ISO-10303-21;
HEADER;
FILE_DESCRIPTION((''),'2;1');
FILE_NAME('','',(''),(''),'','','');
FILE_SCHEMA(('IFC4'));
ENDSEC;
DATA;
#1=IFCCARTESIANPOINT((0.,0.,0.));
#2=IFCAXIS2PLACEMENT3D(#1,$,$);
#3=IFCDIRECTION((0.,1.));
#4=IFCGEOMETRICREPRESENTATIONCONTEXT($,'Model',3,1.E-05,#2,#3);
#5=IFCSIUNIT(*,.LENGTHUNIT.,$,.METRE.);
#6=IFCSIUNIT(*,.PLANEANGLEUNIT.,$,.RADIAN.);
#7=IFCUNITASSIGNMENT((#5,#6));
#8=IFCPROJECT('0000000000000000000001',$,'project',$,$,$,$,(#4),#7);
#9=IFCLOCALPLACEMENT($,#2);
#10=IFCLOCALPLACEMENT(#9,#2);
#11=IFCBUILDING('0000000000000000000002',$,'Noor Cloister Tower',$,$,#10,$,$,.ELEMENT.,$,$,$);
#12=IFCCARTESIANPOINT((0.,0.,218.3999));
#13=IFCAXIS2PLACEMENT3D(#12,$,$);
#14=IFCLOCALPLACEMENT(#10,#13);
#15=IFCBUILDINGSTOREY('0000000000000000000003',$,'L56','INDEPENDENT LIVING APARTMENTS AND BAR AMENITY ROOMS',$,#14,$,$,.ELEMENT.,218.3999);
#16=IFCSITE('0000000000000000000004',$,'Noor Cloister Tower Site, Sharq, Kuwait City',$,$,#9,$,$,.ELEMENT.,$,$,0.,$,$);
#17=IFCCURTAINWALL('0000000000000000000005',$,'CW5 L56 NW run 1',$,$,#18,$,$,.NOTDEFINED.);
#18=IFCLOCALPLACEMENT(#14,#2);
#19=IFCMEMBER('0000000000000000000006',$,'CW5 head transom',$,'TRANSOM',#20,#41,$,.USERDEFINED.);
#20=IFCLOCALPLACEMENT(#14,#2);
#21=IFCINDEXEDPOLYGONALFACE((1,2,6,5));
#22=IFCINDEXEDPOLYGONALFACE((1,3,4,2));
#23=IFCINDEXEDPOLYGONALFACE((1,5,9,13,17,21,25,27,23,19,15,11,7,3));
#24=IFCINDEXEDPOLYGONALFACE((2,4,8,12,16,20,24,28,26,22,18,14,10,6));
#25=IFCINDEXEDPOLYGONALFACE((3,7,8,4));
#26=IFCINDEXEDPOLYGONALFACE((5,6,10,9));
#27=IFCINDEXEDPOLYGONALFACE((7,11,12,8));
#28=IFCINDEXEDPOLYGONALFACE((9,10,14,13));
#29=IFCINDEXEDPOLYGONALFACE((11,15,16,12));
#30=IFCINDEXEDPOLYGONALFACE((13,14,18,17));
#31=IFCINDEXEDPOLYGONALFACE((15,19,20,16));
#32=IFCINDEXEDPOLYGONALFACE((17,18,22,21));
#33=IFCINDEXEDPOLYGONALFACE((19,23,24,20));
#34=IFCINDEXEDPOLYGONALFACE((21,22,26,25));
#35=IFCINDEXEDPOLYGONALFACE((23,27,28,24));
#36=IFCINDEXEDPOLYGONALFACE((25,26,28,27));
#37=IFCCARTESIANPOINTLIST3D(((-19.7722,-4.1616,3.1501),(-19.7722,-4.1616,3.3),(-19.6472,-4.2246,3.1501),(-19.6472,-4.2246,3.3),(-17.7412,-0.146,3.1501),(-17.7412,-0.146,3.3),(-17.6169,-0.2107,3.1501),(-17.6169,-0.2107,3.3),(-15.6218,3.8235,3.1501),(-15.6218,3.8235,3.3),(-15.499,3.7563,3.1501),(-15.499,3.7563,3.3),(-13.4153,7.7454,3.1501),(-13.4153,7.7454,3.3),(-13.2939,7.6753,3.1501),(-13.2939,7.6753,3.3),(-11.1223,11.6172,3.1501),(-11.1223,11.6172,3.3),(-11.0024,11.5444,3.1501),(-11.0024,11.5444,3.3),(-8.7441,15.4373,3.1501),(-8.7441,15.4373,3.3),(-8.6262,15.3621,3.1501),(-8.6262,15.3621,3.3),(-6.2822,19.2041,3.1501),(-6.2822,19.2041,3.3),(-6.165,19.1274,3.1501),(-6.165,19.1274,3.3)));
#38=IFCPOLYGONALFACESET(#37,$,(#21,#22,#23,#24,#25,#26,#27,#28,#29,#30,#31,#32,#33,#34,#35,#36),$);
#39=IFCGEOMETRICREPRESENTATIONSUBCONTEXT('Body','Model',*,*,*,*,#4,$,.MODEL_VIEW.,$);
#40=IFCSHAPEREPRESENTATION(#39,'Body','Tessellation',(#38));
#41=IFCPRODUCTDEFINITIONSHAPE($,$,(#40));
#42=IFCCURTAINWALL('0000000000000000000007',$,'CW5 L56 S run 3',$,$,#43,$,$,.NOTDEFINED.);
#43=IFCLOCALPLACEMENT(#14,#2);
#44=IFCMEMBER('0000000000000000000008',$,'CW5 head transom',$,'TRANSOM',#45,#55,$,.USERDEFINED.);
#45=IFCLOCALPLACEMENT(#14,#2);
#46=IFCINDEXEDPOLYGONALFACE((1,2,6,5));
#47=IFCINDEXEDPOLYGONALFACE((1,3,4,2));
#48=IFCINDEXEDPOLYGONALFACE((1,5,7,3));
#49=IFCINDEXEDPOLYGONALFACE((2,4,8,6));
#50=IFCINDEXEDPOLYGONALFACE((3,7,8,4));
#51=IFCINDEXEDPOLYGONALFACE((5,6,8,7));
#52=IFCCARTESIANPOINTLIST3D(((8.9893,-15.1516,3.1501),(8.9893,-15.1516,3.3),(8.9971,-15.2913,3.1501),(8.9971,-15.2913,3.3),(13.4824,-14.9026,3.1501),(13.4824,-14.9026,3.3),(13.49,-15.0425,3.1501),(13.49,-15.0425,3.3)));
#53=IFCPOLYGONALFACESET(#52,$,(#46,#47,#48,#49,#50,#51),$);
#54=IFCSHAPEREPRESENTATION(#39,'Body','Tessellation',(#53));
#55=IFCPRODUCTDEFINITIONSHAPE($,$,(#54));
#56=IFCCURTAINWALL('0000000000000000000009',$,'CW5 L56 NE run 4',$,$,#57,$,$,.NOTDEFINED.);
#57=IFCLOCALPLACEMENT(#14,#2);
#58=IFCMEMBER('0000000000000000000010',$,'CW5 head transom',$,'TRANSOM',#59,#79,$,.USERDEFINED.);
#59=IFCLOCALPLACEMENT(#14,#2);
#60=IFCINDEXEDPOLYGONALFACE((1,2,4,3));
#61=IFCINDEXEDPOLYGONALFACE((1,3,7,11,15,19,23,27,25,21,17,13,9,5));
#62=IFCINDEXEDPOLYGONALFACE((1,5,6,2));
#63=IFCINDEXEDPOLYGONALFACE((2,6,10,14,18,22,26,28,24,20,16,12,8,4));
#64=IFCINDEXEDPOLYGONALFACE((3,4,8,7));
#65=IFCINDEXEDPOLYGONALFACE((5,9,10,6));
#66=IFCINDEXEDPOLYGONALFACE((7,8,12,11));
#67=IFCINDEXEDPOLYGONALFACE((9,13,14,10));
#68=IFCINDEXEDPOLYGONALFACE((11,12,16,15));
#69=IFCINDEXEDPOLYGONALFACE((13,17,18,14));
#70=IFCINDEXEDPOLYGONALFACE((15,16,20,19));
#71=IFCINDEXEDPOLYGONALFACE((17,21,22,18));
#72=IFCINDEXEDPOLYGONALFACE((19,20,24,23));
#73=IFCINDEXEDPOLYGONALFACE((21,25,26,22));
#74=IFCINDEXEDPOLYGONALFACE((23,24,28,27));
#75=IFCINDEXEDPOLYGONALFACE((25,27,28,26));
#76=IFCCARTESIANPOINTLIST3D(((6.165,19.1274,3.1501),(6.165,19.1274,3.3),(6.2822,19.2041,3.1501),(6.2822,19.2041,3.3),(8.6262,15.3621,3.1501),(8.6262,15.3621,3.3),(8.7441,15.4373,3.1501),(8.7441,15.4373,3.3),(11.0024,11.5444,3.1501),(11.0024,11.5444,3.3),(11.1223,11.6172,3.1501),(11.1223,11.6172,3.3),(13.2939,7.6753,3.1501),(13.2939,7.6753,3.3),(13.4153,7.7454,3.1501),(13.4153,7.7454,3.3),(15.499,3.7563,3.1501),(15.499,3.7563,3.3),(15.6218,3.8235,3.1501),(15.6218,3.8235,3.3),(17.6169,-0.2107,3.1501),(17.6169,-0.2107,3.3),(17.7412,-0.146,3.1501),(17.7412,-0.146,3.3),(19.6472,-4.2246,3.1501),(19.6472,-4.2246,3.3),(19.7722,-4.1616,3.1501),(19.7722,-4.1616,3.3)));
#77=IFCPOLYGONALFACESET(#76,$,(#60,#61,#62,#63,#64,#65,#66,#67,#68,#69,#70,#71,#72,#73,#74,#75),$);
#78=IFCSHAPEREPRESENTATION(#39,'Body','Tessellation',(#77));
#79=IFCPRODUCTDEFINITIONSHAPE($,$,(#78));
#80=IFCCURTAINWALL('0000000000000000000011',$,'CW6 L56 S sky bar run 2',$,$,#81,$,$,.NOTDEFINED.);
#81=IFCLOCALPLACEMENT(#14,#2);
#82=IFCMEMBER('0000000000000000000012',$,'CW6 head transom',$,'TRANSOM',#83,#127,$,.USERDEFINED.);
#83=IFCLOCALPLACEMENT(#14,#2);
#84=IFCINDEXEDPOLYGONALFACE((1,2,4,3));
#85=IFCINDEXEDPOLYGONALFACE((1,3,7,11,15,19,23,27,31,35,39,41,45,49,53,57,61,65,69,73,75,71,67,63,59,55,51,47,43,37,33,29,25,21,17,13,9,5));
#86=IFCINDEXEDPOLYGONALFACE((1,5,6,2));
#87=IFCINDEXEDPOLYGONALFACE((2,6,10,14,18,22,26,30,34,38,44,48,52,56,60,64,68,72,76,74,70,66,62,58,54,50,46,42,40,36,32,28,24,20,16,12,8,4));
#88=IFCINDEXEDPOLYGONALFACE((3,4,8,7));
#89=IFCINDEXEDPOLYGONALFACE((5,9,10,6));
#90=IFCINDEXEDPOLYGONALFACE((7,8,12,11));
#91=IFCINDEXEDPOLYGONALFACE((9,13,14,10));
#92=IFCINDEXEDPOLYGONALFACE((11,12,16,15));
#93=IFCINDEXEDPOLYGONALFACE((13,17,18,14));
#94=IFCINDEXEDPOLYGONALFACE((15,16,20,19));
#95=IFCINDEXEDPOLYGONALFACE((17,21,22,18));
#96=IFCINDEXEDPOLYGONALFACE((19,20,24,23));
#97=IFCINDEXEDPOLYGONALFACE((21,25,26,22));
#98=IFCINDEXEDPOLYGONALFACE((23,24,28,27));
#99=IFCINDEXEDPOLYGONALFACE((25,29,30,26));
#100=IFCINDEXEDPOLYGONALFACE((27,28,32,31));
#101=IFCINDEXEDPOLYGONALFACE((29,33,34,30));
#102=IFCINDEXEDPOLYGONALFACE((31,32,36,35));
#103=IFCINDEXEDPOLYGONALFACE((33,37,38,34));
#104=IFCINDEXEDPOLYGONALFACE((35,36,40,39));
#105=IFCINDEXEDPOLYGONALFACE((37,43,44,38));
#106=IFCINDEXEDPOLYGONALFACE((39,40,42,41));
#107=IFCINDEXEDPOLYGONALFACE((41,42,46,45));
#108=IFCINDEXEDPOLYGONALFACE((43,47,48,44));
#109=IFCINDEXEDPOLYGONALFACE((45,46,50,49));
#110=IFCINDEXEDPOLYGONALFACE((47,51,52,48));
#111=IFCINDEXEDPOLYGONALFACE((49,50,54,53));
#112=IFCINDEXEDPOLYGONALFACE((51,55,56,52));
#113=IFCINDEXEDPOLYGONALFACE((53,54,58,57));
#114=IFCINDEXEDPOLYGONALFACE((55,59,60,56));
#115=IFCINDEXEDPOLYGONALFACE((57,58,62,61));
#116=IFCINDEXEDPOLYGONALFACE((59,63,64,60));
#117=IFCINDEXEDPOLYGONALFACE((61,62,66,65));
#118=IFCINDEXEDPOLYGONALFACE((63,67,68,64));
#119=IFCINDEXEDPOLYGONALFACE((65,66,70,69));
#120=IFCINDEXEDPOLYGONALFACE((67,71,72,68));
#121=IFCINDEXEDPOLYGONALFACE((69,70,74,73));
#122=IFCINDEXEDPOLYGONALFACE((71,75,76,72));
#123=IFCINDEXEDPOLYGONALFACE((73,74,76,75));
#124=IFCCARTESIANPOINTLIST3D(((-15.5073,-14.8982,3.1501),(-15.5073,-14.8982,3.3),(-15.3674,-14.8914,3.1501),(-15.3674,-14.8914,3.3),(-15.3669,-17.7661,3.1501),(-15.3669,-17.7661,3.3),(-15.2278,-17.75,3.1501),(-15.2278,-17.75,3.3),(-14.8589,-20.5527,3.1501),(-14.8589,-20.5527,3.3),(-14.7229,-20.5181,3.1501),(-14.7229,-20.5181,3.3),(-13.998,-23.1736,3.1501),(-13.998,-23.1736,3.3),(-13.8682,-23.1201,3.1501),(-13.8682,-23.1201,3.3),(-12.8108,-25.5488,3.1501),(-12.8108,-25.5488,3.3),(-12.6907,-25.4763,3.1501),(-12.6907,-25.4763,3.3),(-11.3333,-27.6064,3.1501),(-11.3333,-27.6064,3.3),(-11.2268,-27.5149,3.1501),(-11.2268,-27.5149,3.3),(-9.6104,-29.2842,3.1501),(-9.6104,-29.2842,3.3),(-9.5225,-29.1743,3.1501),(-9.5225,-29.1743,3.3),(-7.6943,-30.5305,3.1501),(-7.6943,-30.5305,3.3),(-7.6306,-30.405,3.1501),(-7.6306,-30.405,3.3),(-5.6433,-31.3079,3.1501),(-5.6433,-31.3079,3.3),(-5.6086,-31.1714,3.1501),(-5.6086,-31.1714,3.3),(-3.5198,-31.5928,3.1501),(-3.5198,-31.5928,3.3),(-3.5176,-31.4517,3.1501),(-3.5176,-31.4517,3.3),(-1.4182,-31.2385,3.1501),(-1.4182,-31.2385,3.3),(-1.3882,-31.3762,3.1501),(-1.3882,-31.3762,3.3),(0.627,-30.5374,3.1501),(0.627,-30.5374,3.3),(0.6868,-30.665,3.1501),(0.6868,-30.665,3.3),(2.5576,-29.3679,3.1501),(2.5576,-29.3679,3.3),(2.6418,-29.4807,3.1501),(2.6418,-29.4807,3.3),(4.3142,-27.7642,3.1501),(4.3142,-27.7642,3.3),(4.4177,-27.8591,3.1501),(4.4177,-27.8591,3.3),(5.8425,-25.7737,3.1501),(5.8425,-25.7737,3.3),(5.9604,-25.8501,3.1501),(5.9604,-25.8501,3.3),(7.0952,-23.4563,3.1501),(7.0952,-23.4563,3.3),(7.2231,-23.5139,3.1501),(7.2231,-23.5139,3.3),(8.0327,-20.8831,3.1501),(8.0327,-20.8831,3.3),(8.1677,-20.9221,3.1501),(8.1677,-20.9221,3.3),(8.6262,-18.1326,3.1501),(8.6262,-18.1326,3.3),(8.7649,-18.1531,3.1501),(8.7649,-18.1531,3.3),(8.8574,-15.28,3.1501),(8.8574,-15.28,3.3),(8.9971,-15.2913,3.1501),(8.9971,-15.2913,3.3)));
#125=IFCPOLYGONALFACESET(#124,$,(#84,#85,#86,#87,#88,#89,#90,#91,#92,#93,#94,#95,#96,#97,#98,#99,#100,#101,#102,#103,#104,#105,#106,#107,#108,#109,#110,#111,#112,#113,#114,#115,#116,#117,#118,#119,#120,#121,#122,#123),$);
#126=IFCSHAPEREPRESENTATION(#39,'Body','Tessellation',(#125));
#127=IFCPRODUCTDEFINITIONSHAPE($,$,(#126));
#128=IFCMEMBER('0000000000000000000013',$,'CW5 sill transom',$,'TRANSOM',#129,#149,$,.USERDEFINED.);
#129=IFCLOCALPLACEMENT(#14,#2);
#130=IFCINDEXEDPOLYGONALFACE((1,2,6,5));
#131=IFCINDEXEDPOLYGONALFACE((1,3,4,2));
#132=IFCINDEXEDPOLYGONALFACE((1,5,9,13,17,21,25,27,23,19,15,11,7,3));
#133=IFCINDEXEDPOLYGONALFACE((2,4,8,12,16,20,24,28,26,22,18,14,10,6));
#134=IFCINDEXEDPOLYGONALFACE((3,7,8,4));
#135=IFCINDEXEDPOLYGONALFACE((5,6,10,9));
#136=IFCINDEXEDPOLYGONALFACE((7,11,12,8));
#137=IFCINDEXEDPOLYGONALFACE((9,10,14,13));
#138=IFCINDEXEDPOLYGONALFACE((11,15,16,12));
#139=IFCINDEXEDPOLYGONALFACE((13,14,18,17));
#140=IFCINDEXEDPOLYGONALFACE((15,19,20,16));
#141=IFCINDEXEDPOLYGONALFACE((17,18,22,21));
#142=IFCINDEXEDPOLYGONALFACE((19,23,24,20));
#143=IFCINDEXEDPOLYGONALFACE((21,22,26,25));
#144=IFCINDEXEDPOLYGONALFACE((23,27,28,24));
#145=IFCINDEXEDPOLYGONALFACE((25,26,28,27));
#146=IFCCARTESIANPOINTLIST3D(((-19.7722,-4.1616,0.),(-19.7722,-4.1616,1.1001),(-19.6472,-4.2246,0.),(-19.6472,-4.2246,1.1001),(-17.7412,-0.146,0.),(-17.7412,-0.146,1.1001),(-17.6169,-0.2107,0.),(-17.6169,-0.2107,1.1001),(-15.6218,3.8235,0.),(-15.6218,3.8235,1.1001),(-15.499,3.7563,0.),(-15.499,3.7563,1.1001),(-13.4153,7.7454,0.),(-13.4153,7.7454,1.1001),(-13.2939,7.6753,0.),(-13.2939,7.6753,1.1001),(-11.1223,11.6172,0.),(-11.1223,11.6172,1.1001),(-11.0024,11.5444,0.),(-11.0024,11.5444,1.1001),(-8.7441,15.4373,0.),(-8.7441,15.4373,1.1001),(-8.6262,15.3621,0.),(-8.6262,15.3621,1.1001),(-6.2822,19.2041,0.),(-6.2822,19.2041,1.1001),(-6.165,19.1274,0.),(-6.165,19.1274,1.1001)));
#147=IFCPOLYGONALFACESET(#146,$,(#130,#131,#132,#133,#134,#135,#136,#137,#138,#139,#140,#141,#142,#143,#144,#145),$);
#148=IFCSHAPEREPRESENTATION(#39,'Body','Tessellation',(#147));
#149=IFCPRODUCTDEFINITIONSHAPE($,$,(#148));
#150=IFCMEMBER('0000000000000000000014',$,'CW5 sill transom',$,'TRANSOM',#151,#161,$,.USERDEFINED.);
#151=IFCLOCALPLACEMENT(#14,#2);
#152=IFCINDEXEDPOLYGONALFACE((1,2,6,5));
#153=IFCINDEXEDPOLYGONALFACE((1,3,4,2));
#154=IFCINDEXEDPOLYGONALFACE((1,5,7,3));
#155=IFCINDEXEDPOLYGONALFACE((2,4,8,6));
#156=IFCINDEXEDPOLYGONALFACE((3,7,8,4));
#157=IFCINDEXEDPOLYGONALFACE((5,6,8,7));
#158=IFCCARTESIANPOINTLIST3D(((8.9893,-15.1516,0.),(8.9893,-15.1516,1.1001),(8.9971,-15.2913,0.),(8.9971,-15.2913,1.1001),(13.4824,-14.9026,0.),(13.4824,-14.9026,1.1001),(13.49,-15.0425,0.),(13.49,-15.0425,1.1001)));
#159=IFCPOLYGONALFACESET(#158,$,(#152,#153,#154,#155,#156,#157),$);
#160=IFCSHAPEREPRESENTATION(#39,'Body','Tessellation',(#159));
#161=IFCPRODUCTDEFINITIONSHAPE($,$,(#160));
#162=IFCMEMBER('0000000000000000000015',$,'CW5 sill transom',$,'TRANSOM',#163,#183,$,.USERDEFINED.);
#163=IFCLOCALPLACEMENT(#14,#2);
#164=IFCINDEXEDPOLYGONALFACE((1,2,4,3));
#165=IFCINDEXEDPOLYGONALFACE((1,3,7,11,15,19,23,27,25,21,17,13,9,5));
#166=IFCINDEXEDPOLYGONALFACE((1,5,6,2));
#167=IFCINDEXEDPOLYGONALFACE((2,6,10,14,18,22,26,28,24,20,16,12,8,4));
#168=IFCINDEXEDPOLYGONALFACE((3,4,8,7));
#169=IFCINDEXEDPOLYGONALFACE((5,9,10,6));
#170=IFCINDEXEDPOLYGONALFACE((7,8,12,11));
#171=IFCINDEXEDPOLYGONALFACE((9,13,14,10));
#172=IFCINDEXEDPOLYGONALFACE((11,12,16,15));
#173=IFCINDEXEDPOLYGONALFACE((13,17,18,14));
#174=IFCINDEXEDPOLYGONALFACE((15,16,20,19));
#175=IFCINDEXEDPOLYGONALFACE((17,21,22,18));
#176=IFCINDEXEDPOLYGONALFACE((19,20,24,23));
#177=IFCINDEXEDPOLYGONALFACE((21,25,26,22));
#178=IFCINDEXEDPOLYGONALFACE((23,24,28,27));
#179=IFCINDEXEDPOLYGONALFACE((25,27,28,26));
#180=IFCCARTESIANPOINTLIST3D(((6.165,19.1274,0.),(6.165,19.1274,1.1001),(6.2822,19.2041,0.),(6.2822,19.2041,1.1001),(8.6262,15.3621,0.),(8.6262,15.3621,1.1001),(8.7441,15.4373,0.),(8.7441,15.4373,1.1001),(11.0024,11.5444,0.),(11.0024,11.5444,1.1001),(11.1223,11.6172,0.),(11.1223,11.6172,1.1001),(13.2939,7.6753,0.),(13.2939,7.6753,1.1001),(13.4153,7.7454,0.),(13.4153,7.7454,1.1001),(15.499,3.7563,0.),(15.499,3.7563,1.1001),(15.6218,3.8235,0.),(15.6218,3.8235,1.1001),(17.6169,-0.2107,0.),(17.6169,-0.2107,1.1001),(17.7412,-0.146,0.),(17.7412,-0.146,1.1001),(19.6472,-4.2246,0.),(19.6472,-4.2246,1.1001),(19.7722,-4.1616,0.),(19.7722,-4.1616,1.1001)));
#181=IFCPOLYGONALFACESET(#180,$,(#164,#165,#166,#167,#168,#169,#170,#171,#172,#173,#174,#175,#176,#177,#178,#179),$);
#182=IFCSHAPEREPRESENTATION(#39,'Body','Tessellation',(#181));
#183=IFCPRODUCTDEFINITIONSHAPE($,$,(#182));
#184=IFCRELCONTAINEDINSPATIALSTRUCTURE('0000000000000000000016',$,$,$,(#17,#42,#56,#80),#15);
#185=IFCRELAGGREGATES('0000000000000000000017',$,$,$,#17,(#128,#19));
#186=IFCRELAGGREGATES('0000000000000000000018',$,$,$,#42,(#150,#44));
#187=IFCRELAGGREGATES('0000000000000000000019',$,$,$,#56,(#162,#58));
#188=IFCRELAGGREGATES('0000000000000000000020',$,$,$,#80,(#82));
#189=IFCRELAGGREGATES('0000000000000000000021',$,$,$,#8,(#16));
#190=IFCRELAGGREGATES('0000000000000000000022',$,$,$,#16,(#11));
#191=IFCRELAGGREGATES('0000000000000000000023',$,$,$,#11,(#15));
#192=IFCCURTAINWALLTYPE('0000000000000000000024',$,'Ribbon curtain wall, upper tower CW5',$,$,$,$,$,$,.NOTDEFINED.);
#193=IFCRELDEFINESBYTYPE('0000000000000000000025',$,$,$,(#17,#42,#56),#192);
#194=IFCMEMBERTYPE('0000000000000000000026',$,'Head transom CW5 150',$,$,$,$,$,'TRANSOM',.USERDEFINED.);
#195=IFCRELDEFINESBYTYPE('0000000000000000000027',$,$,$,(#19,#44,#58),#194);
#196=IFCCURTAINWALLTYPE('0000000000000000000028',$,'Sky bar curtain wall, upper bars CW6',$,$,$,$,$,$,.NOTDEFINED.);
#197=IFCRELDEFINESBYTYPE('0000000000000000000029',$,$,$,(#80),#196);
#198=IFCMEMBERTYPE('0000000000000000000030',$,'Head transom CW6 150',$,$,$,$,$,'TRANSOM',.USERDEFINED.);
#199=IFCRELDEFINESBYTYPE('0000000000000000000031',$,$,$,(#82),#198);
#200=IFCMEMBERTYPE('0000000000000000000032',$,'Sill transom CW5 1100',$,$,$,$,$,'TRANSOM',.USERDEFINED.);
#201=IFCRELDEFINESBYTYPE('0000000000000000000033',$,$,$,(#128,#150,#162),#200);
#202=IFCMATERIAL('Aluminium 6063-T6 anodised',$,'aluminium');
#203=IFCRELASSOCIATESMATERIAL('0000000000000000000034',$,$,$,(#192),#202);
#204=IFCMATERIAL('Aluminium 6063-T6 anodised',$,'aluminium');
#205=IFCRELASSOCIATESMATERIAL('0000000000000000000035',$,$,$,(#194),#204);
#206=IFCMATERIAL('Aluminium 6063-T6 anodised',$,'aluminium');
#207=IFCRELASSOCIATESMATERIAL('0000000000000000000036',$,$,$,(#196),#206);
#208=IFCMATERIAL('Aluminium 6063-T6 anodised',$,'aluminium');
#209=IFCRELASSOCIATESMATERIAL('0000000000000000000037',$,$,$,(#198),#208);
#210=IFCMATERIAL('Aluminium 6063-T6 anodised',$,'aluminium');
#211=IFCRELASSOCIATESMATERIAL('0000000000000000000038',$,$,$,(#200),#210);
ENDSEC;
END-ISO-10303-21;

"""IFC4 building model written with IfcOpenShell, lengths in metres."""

from ifc_helpers import new_model, si_unit, direction, frame, origin, place, context, subcontext, project, spatial, polyline, outline, extrude, material, type_object, element, aggregate, save


model = new_model("IFC4")

# Units and contexts
model_context = context("Model", 3, precision=1e-05, world=origin(), true_north=direction((0.0, 1.0)))
body_context = subcontext(model_context, "Body", "Model", "MODEL_VIEW")
ifc_project = project(units=[si_unit("LENGTHUNIT", "METRE"), si_unit("PLANEANGLEUNIT", "RADIAN")], contexts=[model_context])

# Site, building, storey
site_placement = place(None, origin())
site = spatial("IfcSite", under=ifc_project, at=site_placement, Name="Noor Cloister Tower Site, Sharq, Kuwait City", CompositionType="ELEMENT", RefElevation=0.0)
building_placement = place(site_placement, origin())
building = spatial("IfcBuilding", under=site, at=building_placement, Name="Noor Cloister Tower", CompositionType="ELEMENT")
storey_placement = place(building_placement, frame((0.0, 0.0, 218.3999)))
storey = spatial("IfcBuildingStorey", under=building, at=storey_placement, Name="L56", Description="INDEPENDENT LIVING APARTMENTS AND BAR AMENITY ROOMS", CompositionType="ELEMENT", Elevation=218.3999)

# Curtain walls, members
ifc_material_1 = material(Name="Aluminium 6063-T6 anodised", Category="aluminium")
curtain_wall_type_1 = type_object("IfcCurtainWallType", Name="Ribbon curtain wall, upper tower CW5", PredefinedType="NOTDEFINED", material=ifc_material_1)
curtain_wall_1_placement = place(storey_placement, origin())
curtain_wall_1 = element("IfcCurtainWall", 1, at=curtain_wall_1_placement, inside=storey, type_object=curtain_wall_type_1, Name="CW5 L56 NW run 1", PredefinedType="NOTDEFINED")
ifc_material_2 = material(Name="Aluminium 6063-T6 anodised", Category="aluminium")
member_type_1 = type_object("IfcMemberType", Name="Head transom CW5 150", ElementType="TRANSOM", PredefinedType="USERDEFINED", material=ifc_material_2)
member_1_placement = place(storey_placement, frame((0.0, 0.0, 3.1501)))
member_1 = element("IfcMember", 2, at=member_1_placement, type_object=member_type_1, Name="CW5 head transom", ObjectType="TRANSOM", PredefinedType="USERDEFINED", context=body_context, shape_type="SweptSolid", body=[
    extrude(outline(polyline([(-6.2822, 19.2041), (-8.7441, 15.4373), (-11.1223, 11.6172), (-13.4153, 7.7454), (-15.6218, 3.8235), (-17.7412, -0.146), (-19.7722, -4.1616), (-19.6472, -4.2246), (-17.6169, -0.2107), (-15.499, 3.7563), (-13.2939, 7.6753), (-11.0024, 11.5444), (-8.6262, 15.3621), (-6.165, 19.1274), (-6.2822, 19.2041)])), origin(), (0.0, 0.0, 1.0), 0.1499),
])
curtain_wall_2_placement = place(storey_placement, origin())
curtain_wall_2 = element("IfcCurtainWall", 3, at=curtain_wall_2_placement, inside=storey, type_object=curtain_wall_type_1, Name="CW5 L56 S run 3", PredefinedType="NOTDEFINED")
member_2_placement = place(storey_placement, frame((0.0, 0.0, 3.1501)))
member_2 = element("IfcMember", 4, at=member_2_placement, type_object=member_type_1, Name="CW5 head transom", ObjectType="TRANSOM", PredefinedType="USERDEFINED", context=body_context, shape_type="SweptSolid", body=[
    extrude(outline(polyline([(8.9971, -15.2913), (13.49, -15.0425), (13.4824, -14.9026), (8.9893, -15.1516), (8.9971, -15.2913)])), origin(), (0.0, 0.0, 1.0), 0.1499),
])
curtain_wall_3_placement = place(storey_placement, origin())
curtain_wall_3 = element("IfcCurtainWall", 5, at=curtain_wall_3_placement, inside=storey, type_object=curtain_wall_type_1, Name="CW5 L56 NE run 4", PredefinedType="NOTDEFINED")
member_3_placement = place(storey_placement, frame((0.0, 0.0, 3.1501)))
member_3 = element("IfcMember", 6, at=member_3_placement, type_object=member_type_1, Name="CW5 head transom", ObjectType="TRANSOM", PredefinedType="USERDEFINED", context=body_context, shape_type="SweptSolid", body=[
    extrude(outline(polyline([(19.7722, -4.1616), (17.7412, -0.146), (15.6218, 3.8235), (13.4153, 7.7454), (11.1223, 11.6172), (8.7441, 15.4373), (6.2822, 19.2041), (6.165, 19.1274), (8.6262, 15.3621), (11.0024, 11.5444), (13.2939, 7.6753), (15.499, 3.7563), (17.6169, -0.2107), (19.6472, -4.2246), (19.7722, -4.1616)])), origin(), (0.0, 0.0, 1.0), 0.1499),
])
ifc_material_3 = material(Name="Aluminium 6063-T6 anodised", Category="aluminium")
curtain_wall_type_2 = type_object("IfcCurtainWallType", Name="Sky bar curtain wall, upper bars CW6", PredefinedType="NOTDEFINED", material=ifc_material_3)
curtain_wall_4_placement = place(storey_placement, origin())
curtain_wall_4 = element("IfcCurtainWall", 7, at=curtain_wall_4_placement, inside=storey, type_object=curtain_wall_type_2, Name="CW6 L56 S sky bar run 2", PredefinedType="NOTDEFINED")
ifc_material_4 = material(Name="Aluminium 6063-T6 anodised", Category="aluminium")
member_type_2 = type_object("IfcMemberType", Name="Head transom CW6 150", ElementType="TRANSOM", PredefinedType="USERDEFINED", material=ifc_material_4)
member_4_placement = place(storey_placement, frame((0.0, 0.0, 3.1501)))
member_4 = element("IfcMember", 8, at=member_4_placement, type_object=member_type_2, Name="CW6 head transom", ObjectType="TRANSOM", PredefinedType="USERDEFINED", context=body_context, shape_type="SweptSolid", body=[
    extrude(outline(polyline([(-15.5073, -14.8982), (-15.3669, -17.7661), (-14.8589, -20.5527), (-13.998, -23.1736), (-12.8108, -25.5488), (-11.3333, -27.6064), (-9.6104, -29.2842), (-7.6943, -30.5305), (-5.6433, -31.3079), (-3.5198, -31.5928), (-1.3882, -31.3762), (0.6868, -30.665), (2.6418, -29.4807), (4.4177, -27.8591), (5.9604, -25.8501), (7.2231, -23.5139), (8.1677, -20.9221), (8.7649, -18.1531), (8.9971, -15.2913), (8.8574, -15.28), (8.6262, -18.1326), (8.0327, -20.8831), (7.0952, -23.4563), (5.8425, -25.7737), (4.3142, -27.7642), (2.5576, -29.3679), (0.627, -30.5374), (-1.4182, -31.2385), (-3.5176, -31.4517), (-5.6086, -31.1714), (-7.6306, -30.405), (-9.5225, -29.1743), (-11.2268, -27.5149), (-12.6907, -25.4763), (-13.8682, -23.1201), (-14.7229, -20.5181), (-15.2278, -17.75), (-15.3674, -14.8914), (-15.5073, -14.8982)])), origin(), (0.0, 0.0, 1.0), 0.1499),
])

# Members
ifc_material_5 = material(Name="Aluminium 6063-T6 anodised", Category="aluminium")
member_type_3 = type_object("IfcMemberType", Name="Sill transom CW5 1100", ElementType="TRANSOM", PredefinedType="USERDEFINED", material=ifc_material_5)
member_5_placement = place(storey_placement, origin())
member_5 = element("IfcMember", 9, at=member_5_placement, type_object=member_type_3, Name="CW5 sill transom", ObjectType="TRANSOM", PredefinedType="USERDEFINED", context=body_context, shape_type="SweptSolid", body=[
    extrude(outline(polyline([(-6.2822, 19.2041), (-8.7441, 15.4373), (-11.1223, 11.6172), (-13.4153, 7.7454), (-15.6218, 3.8235), (-17.7412, -0.146), (-19.7722, -4.1616), (-19.6472, -4.2246), (-17.6169, -0.2107), (-15.499, 3.7563), (-13.2939, 7.6753), (-11.0024, 11.5444), (-8.6262, 15.3621), (-6.165, 19.1274), (-6.2822, 19.2041)])), origin(), (0.0, 0.0, 1.0), 1.1001),
])
aggregate(curtain_wall_1, [member_5, member_1])
member_6_placement = place(storey_placement, origin())
member_6 = element("IfcMember", 10, at=member_6_placement, type_object=member_type_3, Name="CW5 sill transom", ObjectType="TRANSOM", PredefinedType="USERDEFINED", context=body_context, shape_type="SweptSolid", body=[
    extrude(outline(polyline([(8.9971, -15.2913), (13.49, -15.0425), (13.4824, -14.9026), (8.9893, -15.1516), (8.9971, -15.2913)])), origin(), (0.0, 0.0, 1.0), 1.1001),
])
aggregate(curtain_wall_2, [member_6, member_2])
member_7_placement = place(storey_placement, origin())
member_7 = element("IfcMember", 11, at=member_7_placement, type_object=member_type_3, Name="CW5 sill transom", ObjectType="TRANSOM", PredefinedType="USERDEFINED", context=body_context, shape_type="SweptSolid", body=[
    extrude(outline(polyline([(19.7722, -4.1616), (17.7412, -0.146), (15.6218, 3.8235), (13.4153, 7.7454), (11.1223, 11.6172), (8.7441, 15.4373), (6.2822, 19.2041), (6.165, 19.1274), (8.6262, 15.3621), (11.0024, 11.5444), (13.2939, 7.6753), (15.499, 3.7563), (17.6169, -0.2107), (19.6472, -4.2246), (19.7722, -4.1616)])), origin(), (0.0, 0.0, 1.0), 1.1001),
])
aggregate(curtain_wall_3, [member_7, member_3])
aggregate(curtain_wall_4, [member_4])

save(model, "model.ifc")
